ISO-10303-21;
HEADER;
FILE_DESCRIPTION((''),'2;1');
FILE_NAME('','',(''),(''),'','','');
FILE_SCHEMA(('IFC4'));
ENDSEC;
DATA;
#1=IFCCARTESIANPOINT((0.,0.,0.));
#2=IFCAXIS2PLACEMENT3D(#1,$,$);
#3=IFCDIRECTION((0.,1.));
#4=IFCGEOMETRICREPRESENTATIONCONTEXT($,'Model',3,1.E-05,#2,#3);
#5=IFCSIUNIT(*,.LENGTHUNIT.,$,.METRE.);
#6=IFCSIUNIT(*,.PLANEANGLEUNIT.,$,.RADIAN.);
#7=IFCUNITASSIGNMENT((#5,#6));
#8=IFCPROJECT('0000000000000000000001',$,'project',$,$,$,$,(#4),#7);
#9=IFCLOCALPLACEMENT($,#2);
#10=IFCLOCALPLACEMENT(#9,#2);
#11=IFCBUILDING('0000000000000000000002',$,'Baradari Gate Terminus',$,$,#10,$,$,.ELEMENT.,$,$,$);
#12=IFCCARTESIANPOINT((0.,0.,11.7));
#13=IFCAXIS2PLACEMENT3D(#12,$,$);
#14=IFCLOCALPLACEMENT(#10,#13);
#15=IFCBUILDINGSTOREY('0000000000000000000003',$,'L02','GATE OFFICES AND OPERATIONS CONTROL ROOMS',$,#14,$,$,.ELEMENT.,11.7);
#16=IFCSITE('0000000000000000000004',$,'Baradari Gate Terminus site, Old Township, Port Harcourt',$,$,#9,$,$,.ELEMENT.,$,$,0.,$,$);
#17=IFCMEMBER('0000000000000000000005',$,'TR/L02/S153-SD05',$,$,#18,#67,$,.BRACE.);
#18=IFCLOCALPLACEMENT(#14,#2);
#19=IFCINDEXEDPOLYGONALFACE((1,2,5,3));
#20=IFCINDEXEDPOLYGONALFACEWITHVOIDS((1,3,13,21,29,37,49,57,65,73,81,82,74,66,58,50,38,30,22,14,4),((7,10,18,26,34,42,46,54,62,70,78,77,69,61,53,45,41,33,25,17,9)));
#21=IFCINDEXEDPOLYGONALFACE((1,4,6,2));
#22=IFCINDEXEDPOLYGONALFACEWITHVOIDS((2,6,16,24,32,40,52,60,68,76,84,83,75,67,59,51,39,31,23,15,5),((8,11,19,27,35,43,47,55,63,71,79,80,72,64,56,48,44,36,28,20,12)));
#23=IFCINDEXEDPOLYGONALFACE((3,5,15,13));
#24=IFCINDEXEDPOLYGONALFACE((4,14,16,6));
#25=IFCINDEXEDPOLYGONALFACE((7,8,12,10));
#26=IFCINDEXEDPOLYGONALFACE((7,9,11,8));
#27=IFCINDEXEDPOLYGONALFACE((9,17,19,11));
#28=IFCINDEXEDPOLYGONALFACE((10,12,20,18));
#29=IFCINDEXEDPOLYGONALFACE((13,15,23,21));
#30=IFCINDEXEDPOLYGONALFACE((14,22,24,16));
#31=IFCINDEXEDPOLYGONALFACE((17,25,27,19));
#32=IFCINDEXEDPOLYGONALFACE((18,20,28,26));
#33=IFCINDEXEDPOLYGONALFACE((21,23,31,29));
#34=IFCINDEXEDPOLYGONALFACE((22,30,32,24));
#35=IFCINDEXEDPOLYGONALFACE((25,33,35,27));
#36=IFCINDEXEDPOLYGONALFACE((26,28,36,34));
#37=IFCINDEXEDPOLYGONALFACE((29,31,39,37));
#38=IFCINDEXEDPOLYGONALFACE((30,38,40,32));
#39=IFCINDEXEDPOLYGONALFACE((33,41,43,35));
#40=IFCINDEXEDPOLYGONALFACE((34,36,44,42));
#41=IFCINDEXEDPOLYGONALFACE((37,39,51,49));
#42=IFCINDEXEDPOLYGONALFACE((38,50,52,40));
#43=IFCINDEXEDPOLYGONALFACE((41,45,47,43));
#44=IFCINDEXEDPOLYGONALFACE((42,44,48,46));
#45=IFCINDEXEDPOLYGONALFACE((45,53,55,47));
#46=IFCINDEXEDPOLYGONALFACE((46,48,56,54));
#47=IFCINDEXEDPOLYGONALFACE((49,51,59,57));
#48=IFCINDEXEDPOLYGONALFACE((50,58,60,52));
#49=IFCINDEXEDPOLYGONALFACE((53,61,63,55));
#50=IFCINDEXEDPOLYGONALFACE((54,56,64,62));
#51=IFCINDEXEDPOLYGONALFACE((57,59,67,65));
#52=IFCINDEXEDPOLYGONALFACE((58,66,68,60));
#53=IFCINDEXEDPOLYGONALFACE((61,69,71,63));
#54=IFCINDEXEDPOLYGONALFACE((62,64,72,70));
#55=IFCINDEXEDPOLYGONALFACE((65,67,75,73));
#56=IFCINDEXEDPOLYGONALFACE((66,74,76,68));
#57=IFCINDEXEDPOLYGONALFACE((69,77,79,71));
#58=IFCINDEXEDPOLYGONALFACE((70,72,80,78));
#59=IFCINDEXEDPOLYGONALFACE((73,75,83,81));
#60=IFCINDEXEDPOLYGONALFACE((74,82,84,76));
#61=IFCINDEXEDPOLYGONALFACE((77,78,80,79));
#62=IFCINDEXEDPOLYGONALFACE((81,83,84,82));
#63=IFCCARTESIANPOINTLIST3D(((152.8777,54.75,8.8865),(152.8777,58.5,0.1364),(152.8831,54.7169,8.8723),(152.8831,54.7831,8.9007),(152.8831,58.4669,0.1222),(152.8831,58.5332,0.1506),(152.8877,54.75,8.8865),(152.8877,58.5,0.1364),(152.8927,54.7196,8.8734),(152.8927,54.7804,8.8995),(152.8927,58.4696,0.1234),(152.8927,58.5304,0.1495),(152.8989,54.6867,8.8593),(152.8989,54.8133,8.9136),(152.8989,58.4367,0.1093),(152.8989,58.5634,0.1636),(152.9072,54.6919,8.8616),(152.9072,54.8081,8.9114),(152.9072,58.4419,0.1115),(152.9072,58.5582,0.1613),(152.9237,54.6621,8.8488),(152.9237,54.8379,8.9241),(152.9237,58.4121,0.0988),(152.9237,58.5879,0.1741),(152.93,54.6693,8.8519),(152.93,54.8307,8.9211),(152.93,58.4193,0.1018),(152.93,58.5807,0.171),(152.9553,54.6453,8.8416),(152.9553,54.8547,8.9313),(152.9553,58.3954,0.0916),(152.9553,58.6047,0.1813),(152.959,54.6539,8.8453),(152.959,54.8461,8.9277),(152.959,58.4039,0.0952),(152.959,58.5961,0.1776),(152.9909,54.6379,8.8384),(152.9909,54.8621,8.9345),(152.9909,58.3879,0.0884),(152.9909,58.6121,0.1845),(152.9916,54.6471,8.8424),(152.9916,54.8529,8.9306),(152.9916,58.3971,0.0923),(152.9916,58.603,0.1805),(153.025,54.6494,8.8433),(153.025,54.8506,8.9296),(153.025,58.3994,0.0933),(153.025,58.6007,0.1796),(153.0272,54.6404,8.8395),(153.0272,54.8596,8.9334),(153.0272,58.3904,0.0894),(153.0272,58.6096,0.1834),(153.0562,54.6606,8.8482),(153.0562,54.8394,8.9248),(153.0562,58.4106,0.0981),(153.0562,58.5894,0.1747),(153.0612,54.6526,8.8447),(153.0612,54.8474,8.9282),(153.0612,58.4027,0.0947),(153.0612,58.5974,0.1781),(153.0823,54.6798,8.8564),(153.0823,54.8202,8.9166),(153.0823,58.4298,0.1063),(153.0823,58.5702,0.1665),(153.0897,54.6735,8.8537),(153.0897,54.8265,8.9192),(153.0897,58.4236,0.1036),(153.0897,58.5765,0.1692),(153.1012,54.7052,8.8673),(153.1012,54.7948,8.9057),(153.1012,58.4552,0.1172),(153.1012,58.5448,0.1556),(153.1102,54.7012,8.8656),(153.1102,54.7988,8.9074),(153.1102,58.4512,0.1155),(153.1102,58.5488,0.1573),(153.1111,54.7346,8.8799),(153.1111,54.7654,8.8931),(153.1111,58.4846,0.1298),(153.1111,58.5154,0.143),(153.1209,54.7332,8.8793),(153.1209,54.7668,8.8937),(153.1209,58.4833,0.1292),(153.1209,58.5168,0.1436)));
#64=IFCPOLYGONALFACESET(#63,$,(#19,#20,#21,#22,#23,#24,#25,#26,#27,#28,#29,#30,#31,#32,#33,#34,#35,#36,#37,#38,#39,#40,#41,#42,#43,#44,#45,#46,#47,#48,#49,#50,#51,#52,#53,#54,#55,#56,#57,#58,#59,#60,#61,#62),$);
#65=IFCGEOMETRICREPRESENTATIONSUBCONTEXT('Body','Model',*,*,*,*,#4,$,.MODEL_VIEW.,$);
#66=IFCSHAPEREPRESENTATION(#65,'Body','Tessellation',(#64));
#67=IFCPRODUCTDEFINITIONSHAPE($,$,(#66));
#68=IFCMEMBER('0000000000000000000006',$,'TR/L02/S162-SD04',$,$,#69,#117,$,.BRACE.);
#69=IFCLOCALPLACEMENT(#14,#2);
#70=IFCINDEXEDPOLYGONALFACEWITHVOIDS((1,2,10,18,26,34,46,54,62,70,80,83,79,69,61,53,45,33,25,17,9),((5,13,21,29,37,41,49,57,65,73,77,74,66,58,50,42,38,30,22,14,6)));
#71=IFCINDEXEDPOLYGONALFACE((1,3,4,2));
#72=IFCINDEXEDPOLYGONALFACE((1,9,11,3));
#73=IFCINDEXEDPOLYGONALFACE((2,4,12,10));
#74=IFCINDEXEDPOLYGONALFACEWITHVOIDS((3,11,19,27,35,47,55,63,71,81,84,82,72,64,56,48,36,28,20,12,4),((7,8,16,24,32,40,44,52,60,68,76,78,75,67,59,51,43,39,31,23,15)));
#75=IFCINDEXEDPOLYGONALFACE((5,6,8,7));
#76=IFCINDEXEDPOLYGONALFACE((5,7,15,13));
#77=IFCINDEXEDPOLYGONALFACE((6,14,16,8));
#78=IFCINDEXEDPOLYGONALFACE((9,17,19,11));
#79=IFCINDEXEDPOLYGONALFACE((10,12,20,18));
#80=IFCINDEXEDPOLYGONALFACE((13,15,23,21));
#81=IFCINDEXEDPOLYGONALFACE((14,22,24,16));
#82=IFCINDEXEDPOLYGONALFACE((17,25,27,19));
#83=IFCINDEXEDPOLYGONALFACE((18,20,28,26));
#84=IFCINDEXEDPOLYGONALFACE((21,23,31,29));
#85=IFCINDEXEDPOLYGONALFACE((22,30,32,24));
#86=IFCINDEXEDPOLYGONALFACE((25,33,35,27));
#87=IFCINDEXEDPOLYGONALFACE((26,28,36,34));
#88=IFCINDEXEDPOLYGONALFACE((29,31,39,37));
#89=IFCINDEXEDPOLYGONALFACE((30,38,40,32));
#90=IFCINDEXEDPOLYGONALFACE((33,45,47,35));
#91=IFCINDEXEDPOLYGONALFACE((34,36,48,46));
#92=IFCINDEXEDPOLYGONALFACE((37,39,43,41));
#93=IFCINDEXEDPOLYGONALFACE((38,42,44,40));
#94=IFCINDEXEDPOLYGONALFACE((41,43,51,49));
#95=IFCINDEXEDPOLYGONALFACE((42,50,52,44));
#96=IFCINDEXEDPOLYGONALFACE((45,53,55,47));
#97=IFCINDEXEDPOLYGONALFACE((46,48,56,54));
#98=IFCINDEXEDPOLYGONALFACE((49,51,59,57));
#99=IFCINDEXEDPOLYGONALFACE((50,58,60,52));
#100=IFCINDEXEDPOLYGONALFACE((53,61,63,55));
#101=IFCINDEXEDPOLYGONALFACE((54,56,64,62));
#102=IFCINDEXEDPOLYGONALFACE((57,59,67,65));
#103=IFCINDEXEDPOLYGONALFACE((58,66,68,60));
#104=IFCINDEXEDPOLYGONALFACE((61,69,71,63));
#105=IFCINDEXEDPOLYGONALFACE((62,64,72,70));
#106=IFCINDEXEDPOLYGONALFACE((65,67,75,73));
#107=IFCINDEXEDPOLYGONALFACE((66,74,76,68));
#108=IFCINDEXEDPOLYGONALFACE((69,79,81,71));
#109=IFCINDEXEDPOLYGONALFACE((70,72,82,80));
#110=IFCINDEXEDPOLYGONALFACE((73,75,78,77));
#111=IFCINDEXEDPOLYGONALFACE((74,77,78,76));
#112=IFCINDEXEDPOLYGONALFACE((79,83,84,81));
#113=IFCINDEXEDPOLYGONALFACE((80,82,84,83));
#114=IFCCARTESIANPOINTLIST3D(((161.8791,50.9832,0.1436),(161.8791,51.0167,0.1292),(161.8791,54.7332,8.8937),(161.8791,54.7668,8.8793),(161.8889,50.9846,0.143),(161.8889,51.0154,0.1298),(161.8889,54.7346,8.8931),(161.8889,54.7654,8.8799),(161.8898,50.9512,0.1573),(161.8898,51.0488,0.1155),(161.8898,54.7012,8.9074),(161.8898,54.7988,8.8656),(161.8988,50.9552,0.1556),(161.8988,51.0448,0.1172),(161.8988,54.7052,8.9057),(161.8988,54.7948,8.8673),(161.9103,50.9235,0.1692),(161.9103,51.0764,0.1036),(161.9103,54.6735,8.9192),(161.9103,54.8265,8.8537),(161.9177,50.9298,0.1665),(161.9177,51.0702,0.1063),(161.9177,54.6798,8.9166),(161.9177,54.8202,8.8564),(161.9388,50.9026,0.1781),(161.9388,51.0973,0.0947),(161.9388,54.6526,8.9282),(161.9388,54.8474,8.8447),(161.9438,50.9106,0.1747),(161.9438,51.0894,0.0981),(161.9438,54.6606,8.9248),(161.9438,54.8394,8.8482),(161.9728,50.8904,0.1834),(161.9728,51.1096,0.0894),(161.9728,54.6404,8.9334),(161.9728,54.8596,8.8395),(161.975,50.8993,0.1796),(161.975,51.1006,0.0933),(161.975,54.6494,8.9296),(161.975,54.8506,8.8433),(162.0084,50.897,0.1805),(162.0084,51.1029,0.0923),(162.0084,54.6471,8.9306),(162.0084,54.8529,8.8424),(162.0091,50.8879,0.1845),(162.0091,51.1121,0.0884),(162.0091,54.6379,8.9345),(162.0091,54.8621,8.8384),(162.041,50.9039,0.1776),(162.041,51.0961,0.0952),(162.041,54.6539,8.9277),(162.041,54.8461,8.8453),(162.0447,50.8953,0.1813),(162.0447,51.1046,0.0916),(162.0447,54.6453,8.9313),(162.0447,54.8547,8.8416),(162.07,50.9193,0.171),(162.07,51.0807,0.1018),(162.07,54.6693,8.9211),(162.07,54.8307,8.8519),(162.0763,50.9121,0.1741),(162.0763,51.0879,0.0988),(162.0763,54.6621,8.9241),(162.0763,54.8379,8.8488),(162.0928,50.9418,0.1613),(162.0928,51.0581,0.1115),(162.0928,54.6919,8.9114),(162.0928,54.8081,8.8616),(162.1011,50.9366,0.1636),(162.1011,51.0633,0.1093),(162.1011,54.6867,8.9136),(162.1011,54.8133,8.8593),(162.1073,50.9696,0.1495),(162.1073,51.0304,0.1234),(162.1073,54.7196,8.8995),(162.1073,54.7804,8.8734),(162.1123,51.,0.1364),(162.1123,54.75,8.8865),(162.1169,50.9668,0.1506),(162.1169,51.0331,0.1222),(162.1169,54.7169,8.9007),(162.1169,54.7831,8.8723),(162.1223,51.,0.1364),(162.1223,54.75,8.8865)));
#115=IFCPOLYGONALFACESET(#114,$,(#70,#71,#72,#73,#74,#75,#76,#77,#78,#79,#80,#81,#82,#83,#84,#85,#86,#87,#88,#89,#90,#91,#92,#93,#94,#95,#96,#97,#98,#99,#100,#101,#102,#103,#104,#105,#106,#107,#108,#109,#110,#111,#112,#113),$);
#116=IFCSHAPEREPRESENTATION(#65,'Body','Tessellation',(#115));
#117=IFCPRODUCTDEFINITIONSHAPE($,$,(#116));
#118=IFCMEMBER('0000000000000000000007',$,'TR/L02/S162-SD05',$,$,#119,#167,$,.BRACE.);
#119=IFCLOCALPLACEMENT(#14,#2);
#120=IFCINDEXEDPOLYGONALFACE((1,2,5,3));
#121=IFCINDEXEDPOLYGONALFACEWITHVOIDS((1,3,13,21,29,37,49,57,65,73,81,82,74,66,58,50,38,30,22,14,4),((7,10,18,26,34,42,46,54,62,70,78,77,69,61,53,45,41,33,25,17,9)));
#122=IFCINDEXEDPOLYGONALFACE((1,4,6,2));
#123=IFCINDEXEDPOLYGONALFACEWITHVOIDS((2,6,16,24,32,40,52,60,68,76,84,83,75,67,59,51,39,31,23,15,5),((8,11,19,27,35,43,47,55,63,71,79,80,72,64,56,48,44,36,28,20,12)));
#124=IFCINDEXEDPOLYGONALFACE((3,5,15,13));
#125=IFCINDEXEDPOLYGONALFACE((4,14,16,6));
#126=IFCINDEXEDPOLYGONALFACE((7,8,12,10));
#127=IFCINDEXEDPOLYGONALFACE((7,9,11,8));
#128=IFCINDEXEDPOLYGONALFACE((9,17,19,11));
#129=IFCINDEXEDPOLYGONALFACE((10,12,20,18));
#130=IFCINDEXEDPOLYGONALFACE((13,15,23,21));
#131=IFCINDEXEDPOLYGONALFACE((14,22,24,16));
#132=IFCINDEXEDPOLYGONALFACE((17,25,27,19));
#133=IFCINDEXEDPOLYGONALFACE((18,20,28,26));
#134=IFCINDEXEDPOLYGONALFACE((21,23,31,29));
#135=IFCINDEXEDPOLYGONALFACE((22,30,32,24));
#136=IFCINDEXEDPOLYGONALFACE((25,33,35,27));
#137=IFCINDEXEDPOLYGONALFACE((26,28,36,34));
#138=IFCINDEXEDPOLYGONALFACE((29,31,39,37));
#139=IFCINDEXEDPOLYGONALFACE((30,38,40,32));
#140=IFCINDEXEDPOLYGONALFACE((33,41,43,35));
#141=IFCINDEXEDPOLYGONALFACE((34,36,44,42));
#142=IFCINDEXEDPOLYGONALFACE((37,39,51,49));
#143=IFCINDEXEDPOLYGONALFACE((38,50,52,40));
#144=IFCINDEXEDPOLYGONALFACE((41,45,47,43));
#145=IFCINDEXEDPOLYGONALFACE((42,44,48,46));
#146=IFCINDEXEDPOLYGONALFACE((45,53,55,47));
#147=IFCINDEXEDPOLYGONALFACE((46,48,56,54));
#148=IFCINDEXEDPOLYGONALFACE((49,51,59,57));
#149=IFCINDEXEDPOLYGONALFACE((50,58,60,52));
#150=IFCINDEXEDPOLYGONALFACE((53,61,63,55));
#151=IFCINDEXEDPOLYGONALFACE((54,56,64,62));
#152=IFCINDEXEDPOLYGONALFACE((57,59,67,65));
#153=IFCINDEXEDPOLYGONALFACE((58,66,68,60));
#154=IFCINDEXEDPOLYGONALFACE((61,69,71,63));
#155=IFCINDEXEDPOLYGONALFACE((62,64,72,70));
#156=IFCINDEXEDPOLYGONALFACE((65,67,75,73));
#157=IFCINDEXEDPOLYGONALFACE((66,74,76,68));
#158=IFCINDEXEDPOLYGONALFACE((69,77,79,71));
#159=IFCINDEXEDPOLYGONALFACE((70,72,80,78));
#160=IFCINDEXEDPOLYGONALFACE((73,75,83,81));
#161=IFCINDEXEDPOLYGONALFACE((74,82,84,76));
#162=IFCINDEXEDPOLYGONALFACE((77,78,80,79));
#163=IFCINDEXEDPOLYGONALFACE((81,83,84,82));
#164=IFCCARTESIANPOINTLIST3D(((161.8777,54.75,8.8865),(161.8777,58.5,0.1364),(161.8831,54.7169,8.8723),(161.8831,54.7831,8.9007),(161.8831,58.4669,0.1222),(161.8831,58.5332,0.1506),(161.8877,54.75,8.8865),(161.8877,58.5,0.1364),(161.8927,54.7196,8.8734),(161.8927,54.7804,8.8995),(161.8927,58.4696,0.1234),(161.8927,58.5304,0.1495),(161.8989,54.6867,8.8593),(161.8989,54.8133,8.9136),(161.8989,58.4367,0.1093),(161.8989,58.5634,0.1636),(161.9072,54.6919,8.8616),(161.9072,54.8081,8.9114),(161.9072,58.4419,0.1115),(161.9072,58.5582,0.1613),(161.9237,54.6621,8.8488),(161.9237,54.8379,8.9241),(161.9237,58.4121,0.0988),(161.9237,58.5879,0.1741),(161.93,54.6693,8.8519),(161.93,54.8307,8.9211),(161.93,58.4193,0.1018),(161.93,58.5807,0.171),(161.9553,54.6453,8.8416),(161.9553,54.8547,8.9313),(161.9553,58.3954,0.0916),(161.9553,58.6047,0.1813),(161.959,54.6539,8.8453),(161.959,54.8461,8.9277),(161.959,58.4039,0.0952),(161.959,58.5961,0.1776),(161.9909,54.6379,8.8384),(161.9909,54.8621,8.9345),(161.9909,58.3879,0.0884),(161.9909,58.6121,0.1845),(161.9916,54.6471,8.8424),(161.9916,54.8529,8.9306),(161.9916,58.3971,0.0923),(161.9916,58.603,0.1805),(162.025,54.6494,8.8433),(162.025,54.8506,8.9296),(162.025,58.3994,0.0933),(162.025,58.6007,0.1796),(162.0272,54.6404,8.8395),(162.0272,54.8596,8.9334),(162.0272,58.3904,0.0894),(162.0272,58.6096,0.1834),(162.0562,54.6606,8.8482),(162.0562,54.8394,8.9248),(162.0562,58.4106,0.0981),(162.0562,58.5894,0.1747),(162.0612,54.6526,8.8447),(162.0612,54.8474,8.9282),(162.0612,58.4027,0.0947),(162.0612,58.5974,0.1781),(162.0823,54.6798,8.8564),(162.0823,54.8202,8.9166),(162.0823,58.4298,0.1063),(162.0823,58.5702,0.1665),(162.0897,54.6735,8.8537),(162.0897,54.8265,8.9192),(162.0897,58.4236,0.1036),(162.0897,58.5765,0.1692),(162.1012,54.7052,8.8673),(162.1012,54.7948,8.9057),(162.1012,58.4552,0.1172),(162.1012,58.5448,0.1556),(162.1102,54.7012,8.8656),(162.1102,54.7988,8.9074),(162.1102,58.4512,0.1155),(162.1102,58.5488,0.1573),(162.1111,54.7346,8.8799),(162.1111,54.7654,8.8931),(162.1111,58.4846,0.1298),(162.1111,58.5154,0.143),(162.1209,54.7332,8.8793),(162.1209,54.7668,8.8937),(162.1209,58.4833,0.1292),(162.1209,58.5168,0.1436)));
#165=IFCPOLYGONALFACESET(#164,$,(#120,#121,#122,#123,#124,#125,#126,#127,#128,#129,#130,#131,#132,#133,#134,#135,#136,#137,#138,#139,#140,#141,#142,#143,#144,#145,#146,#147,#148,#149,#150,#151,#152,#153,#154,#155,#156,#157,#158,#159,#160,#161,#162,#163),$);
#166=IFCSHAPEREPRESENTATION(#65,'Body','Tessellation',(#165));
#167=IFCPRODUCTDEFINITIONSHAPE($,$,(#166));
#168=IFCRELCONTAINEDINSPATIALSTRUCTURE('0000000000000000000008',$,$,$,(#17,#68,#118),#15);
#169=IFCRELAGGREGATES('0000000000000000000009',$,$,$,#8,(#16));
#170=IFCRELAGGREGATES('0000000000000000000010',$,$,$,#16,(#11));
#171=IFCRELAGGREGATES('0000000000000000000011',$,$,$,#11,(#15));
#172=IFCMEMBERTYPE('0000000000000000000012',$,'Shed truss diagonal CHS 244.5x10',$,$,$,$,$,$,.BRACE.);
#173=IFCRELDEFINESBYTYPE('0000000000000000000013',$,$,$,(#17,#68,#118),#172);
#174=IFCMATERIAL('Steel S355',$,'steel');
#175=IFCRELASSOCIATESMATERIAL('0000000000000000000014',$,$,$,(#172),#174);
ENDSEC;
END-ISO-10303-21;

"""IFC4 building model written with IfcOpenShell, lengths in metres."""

from ifc_helpers import new_model, si_unit, direction, frame, origin, origin_2d, place, context, subcontext, project, spatial, hollow_circle, extrude, material, material_profile, profile_set, type_object, element, save


model = new_model("IFC4")

# Units and contexts
model_context = context("Model", 3, precision=1e-05, world=origin(), true_north=direction((0.0, 1.0)))
body_context = subcontext(model_context, "Body", "Model", "MODEL_VIEW")
ifc_project = project(units=[si_unit("LENGTHUNIT", "METRE"), si_unit("PLANEANGLEUNIT", "RADIAN")], contexts=[model_context])

# Site, building, storey
site_placement = place(None, origin())
site = spatial("IfcSite", under=ifc_project, at=site_placement, Name="Baradari Gate Terminus site, Old Township, Port Harcourt", CompositionType="ELEMENT", RefElevation=0.0)
building_placement = place(site_placement, origin())
building = spatial("IfcBuilding", under=site, at=building_placement, Name="Baradari Gate Terminus", CompositionType="ELEMENT")
storey_placement = place(building_placement, frame((0.0, 0.0, 11.7)))
storey = spatial("IfcBuildingStorey", under=building, at=storey_placement, Name="L02", Description="GATE OFFICES AND OPERATIONS CONTROL ROOMS", CompositionType="ELEMENT", Elevation=11.7)

# Members
ifc_material_1 = material(Name="Steel S355", Category="steel")
ifc_material_profile_1 = material_profile(ifc_material_1, hollow_circle(Radius=0.1223, WallThickness=0.01, at=origin_2d()), Name="CHS 244.5x10")
ifc_profile_set_1 = profile_set([ifc_material_profile_1], Name="Steel S355")
member_type_1 = type_object("IfcMemberType", Name="Shed truss diagonal CHS 244.5x10", PredefinedType="BRACE", material=ifc_profile_set_1)
for number, where, z_axis, x_axis, name in (
    (1, (153.0, 54.75, 8.8865), (0.0, 0.393919, -0.919145), (-1.0, 0.0, 0.0), "TR/L02/S153-SD05"),
    (2, (162.0, 54.75, 8.8865), (0.0, -0.393919, -0.919145), (1.0, 0.0, 0.0), "TR/L02/S162-SD04"),
    (3, (162.0, 54.75, 8.8865), (0.0, 0.393919, -0.919145), (-1.0, 0.0, 0.0), "TR/L02/S162-SD05"),
):
    element("IfcMember", number, at=place(storey_placement, frame(where, z_axis=z_axis, x_axis=x_axis)), inside=storey, type_object=member_type_1, Name=name, PredefinedType="BRACE", context=body_context, shape_type="SweptSolid", body=[
        extrude(hollow_circle(Radius=0.1223, WallThickness=0.01, at=origin_2d()), origin(), (0.0, 0.0, 1.0), 9.5198),
    ])

save(model, "model.ifc")
